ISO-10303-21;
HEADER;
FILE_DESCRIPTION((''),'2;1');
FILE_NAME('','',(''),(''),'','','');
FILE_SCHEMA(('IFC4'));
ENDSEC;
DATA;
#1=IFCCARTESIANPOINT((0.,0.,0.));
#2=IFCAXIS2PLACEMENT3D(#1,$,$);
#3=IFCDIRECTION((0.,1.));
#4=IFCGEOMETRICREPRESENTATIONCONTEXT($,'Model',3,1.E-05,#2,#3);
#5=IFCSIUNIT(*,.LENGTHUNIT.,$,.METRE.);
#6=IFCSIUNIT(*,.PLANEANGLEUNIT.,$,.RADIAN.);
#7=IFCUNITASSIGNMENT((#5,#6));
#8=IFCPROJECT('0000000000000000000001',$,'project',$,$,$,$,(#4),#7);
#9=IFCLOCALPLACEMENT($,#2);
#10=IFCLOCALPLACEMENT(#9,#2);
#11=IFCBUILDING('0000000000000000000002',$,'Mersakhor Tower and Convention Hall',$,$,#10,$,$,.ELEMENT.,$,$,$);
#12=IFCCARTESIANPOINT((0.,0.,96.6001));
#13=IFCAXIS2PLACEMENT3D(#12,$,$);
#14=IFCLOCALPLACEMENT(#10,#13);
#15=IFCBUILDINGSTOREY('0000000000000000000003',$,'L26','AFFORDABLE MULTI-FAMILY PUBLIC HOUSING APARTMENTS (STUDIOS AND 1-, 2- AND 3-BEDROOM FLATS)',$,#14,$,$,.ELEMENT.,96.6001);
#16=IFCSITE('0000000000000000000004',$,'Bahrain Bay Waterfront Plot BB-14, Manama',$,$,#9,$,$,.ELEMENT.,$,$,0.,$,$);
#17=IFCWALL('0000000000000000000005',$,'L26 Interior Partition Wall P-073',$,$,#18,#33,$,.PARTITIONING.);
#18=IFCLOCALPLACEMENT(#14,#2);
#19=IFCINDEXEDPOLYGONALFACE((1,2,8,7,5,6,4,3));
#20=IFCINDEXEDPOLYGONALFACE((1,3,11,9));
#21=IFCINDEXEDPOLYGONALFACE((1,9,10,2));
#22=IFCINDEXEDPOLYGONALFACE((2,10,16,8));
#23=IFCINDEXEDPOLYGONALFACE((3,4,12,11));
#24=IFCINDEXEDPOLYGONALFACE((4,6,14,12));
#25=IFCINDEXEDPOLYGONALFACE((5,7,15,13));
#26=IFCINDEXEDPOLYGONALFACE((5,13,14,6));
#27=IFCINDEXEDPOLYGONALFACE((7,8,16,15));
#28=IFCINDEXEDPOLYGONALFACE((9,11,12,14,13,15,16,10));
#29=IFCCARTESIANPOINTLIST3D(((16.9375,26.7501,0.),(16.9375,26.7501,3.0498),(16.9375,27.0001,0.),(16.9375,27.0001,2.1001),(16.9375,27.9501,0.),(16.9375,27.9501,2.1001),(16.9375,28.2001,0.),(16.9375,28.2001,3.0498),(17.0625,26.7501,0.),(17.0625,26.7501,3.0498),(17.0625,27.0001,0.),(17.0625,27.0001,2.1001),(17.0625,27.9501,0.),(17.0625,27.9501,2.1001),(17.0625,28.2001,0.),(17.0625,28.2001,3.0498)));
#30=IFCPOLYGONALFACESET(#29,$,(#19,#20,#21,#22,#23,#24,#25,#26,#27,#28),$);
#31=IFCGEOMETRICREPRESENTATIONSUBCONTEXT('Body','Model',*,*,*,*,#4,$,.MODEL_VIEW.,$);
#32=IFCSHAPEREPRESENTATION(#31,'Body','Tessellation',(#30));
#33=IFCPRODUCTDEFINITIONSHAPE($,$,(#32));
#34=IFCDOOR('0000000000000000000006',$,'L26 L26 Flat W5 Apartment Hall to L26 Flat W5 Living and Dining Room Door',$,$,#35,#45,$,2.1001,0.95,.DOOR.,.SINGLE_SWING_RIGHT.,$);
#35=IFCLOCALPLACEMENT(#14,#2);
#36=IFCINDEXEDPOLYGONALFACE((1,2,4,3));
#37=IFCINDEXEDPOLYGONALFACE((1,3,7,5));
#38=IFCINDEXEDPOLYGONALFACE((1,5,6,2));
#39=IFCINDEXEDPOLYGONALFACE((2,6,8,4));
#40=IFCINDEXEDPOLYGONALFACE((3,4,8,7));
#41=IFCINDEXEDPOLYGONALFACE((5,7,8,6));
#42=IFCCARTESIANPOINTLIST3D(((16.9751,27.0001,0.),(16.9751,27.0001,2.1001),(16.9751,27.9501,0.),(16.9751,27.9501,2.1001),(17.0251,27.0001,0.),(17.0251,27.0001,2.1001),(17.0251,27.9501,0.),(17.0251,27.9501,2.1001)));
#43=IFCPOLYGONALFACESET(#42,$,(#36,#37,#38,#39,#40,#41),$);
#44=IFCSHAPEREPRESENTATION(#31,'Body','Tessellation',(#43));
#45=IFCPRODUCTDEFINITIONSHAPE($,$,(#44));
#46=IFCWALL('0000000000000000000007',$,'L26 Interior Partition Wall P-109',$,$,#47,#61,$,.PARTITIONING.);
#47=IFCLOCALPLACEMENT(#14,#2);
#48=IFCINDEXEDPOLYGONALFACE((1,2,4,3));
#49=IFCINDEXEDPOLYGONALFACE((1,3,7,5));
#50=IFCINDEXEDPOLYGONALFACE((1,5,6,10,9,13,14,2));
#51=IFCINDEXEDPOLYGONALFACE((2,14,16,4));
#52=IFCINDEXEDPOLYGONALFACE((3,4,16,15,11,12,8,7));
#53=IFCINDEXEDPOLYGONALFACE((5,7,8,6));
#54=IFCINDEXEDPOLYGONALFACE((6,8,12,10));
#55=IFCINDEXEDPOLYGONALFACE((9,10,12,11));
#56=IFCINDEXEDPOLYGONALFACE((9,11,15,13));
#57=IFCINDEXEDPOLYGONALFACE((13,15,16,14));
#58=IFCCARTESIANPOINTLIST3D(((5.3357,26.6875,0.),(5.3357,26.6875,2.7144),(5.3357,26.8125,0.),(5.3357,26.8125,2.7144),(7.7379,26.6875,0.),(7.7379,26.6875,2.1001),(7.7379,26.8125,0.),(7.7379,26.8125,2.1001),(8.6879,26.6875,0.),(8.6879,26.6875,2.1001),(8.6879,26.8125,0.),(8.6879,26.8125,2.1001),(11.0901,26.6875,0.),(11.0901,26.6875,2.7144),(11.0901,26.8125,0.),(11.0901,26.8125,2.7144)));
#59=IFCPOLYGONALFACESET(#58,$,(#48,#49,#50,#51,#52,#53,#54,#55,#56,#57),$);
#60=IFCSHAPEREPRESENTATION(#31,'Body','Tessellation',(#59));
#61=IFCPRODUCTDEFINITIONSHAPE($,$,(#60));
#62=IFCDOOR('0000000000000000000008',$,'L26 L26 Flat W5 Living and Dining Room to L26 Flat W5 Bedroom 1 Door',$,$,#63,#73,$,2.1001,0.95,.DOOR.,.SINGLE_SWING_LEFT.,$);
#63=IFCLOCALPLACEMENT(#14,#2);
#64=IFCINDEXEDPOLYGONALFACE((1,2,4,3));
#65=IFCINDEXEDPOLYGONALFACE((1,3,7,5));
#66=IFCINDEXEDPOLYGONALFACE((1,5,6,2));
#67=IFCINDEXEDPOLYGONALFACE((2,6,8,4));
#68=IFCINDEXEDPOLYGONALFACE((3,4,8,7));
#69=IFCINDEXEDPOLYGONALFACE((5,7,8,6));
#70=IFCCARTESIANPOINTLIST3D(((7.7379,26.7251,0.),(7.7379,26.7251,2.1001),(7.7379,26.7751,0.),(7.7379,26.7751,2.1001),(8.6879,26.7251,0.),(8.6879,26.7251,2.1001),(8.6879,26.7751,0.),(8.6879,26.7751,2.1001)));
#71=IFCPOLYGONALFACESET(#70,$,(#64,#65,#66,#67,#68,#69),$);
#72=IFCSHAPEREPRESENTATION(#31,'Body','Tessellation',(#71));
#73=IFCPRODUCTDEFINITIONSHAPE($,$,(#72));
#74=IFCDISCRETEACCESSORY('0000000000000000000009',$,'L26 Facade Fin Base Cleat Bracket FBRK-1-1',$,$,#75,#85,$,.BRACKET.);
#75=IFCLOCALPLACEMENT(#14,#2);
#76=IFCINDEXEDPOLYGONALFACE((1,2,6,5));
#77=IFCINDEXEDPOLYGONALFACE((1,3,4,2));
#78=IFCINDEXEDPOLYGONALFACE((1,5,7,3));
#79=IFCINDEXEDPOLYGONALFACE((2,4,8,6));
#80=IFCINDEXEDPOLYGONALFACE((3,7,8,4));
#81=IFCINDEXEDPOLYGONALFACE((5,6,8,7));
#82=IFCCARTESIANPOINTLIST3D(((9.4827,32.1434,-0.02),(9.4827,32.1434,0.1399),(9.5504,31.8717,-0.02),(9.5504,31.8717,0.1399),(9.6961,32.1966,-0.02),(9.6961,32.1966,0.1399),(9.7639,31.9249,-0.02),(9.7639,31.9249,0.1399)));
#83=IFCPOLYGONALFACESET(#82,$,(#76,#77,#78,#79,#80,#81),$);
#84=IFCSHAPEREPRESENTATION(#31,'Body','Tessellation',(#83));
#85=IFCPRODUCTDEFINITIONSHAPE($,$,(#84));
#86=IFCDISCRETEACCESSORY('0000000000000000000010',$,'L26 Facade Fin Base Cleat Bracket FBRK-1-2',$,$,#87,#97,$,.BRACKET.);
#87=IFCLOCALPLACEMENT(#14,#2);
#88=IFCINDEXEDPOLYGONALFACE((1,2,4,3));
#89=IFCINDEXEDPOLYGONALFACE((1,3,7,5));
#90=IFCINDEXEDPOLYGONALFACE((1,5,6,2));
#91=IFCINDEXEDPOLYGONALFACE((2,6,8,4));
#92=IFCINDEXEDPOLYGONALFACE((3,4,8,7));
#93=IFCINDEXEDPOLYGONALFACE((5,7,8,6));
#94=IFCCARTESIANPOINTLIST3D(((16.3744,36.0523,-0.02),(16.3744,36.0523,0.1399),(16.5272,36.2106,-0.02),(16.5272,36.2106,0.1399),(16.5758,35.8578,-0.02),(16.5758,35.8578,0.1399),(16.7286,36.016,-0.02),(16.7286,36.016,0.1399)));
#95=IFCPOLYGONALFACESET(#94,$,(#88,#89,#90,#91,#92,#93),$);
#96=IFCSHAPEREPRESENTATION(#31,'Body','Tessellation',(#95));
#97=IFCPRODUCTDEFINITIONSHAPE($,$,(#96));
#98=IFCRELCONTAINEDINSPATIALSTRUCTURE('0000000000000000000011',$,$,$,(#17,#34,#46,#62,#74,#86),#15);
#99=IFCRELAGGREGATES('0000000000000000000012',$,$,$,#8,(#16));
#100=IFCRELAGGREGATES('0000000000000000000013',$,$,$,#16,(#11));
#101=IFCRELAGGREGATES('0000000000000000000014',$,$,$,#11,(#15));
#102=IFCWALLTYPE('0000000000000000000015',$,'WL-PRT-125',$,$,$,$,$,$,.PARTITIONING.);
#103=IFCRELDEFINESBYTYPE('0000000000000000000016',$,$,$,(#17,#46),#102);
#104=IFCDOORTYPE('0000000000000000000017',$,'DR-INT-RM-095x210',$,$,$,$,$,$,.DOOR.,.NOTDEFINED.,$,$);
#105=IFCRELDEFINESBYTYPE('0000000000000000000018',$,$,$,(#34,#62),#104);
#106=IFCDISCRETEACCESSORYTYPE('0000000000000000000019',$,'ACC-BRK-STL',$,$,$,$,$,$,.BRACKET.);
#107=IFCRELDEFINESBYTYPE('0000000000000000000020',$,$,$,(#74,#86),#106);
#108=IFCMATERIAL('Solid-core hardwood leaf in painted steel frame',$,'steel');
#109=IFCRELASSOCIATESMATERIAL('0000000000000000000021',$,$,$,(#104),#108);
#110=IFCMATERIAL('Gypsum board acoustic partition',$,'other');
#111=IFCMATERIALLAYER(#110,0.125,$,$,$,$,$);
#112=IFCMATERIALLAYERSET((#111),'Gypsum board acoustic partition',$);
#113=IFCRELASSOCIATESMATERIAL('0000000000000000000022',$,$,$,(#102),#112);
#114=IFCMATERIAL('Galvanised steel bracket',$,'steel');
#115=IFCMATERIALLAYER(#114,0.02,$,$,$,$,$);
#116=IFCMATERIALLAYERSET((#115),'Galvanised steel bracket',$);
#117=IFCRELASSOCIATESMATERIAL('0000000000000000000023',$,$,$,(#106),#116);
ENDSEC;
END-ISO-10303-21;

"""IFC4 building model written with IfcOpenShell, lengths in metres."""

from ifc_helpers import new_model, si_unit, direction, frame, frame_2d, origin, origin_2d, place, context, subcontext, project, spatial, rectangle, extrude, material, layer, layer_set, type_object, element, fill, save


model = new_model("IFC4")

# Units and contexts
model_context = context("Model", 3, precision=1e-05, world=origin(), true_north=direction((0.0, 1.0)))
body_context = subcontext(model_context, "Body", "Model", "MODEL_VIEW")
ifc_project = project(units=[si_unit("LENGTHUNIT", "METRE"), si_unit("PLANEANGLEUNIT", "RADIAN")], contexts=[model_context])

# Site, building, storey
site_placement = place(None, origin())
site = spatial("IfcSite", under=ifc_project, at=site_placement, Name="Bahrain Bay Waterfront Plot BB-14, Manama", CompositionType="ELEMENT", RefElevation=0.0)
building_placement = place(site_placement, origin())
building = spatial("IfcBuilding", under=site, at=building_placement, Name="Mersakhor Tower and Convention Hall", CompositionType="ELEMENT")
storey_placement = place(building_placement, frame((0.0, 0.0, 96.6001)))
storey = spatial("IfcBuildingStorey", under=building, at=storey_placement, Name="L26", Description="AFFORDABLE MULTI-FAMILY PUBLIC HOUSING APARTMENTS (STUDIOS AND 1-, 2- AND 3-BEDROOM FLATS)", CompositionType="ELEMENT", Elevation=96.6001)

# Walls, openings, doors
ifc_material_1 = material(Name="Solid-core hardwood leaf in painted steel frame", Category="steel")
door_type_1 = type_object("IfcDoorType", Name="DR-INT-RM-095x210", OperationType="NOTDEFINED", PredefinedType="DOOR", material=ifc_material_1)
ifc_material_2 = material(Name="Gypsum board acoustic partition", Category="other")
ifc_layer_1 = layer(ifc_material_2, 0.125)
ifc_layer_set_1 = layer_set([ifc_layer_1], Name="Gypsum board acoustic partition")
wall_type_1 = type_object("IfcWallType", Name="WL-PRT-125", PredefinedType="PARTITIONING", material=ifc_layer_set_1)
wall_1_placement = place(storey_placement, frame((17.0, 26.75, 0.0), z_axis=(0.0, 0.0, 1.0), x_axis=(0.0, 1.0, 0.0)))
wall_1 = element("IfcWall", 1, at=wall_1_placement, inside=storey, type_object=wall_type_1, Name="L26 Interior Partition Wall P-073", PredefinedType="PARTITIONING", context=body_context, shape_type="SweptSolid", body=[
    extrude(rectangle(XDim=1.45, YDim=0.125, at=frame_2d((0.7251, 0.0))), origin(), (0.0, 0.0, 1.0), 3.0498),
])
opening_1_placement = place(wall_1_placement, frame((0.25, 0.0, 0.0)))
opening_1 = element("IfcOpeningElement", 2, at=opening_1_placement, cuts=wall_1, PredefinedType="OPENING", context=body_context, shape_type="SweptSolid", body=[
    extrude(rectangle(XDim=0.95, YDim=2.1001, at=frame_2d((0.4751, 1.05))), frame((0.0, 0.0725, 0.0), z_axis=(0.0, -1.0, 0.0), x_axis=(1.0, 0.0, 0.0)), (0.0, 0.0, 1.0), 0.145),
])
door_1_placement = place(opening_1_placement, origin())
door_1 = element("IfcDoor", 3, at=door_1_placement, inside=storey, type_object=door_type_1, Name="L26 L26 Flat W5 Apartment Hall to L26 Flat W5 Living and Dining Room Door", OperationType="SINGLE_SWING_RIGHT", OverallHeight=2.1001, OverallWidth=0.95, PredefinedType="DOOR", context=body_context, shape_type="SweptSolid", body=[
    extrude(rectangle(XDim=0.95, YDim=2.1001, at=frame_2d((0.4751, 1.05))), frame((0.0, 0.0249, 0.0), z_axis=(0.0, -1.0, 0.0), x_axis=(1.0, 0.0, 0.0)), (0.0, 0.0, 1.0), 0.05),
])
fill(opening_1, door_1)
wall_2_placement = place(storey_placement, frame((11.0901, 26.75, 0.0), z_axis=(0.0, 0.0, 1.0), x_axis=(-1.0, 0.0, 0.0)))
wall_2 = element("IfcWall", 4, at=wall_2_placement, inside=storey, type_object=wall_type_1, Name="L26 Interior Partition Wall P-109", PredefinedType="PARTITIONING", context=body_context, shape_type="SweptSolid", body=[
    extrude(rectangle(XDim=5.7544, YDim=0.125, at=frame_2d((2.8772, 0.0))), origin(), (0.0, 0.0, 1.0), 2.7144),
])
opening_2_placement = place(wall_2_placement, frame((2.4021, 0.0, 0.0)))
opening_2 = element("IfcOpeningElement", 5, at=opening_2_placement, cuts=wall_2, PredefinedType="OPENING", context=body_context, shape_type="SweptSolid", body=[
    extrude(rectangle(XDim=0.95, YDim=2.1001, at=frame_2d((0.4751, 1.05))), frame((0.0, 0.0725, 0.0), z_axis=(0.0, -1.0, 0.0), x_axis=(1.0, 0.0, 0.0)), (0.0, 0.0, 1.0), 0.145),
])
door_2_placement = place(opening_2_placement, origin())
door_2 = element("IfcDoor", 6, at=door_2_placement, inside=storey, type_object=door_type_1, Name="L26 L26 Flat W5 Living and Dining Room to L26 Flat W5 Bedroom 1 Door", OperationType="SINGLE_SWING_LEFT", OverallHeight=2.1001, OverallWidth=0.95, PredefinedType="DOOR", context=body_context, shape_type="SweptSolid", body=[
    extrude(rectangle(XDim=0.95, YDim=2.1001, at=frame_2d((0.4751, 1.05))), frame((0.0, 0.0249, 0.0), z_axis=(0.0, -1.0, 0.0), x_axis=(1.0, 0.0, 0.0)), (0.0, 0.0, 1.0), 0.05),
])
fill(opening_2, door_2)

# Discrete accessories
ifc_material_3 = material(Name="Galvanised steel bracket", Category="steel")
ifc_layer_2 = layer(ifc_material_3, 0.02)
ifc_layer_set_2 = layer_set([ifc_layer_2], Name="Galvanised steel bracket")
discrete_accessory_type = type_object("IfcDiscreteAccessoryType", Name="ACC-BRK-STL", PredefinedType="BRACKET", material=ifc_layer_set_2)
for number, where, z_axis, x_axis, name in (
    (7, (9.6233, 32.0342, -0.02), (0.0, 0.0, 1.0), (-0.241922, 0.970296, 0.0), "L26 Facade Fin Base Cleat Bracket FBRK-1-1"),
    (8, (16.5515, 36.0342, -0.02), (0.0, 0.0, 1.0), (-0.71934, 0.694658, 0.0), "L26 Facade Fin Base Cleat Bracket FBRK-1-2"),
):
    element("IfcDiscreteAccessory", number, at=place(storey_placement, frame(where, z_axis=z_axis, x_axis=x_axis)), inside=storey, type_object=discrete_accessory_type, Name=name, PredefinedType="BRACKET", context=body_context, shape_type="SweptSolid", body=[
        extrude(rectangle(XDim=0.28, YDim=0.22, at=origin_2d()), origin(), (0.0, 0.0, 1.0), 0.1599),
    ])

save(model, "model.ifc")
